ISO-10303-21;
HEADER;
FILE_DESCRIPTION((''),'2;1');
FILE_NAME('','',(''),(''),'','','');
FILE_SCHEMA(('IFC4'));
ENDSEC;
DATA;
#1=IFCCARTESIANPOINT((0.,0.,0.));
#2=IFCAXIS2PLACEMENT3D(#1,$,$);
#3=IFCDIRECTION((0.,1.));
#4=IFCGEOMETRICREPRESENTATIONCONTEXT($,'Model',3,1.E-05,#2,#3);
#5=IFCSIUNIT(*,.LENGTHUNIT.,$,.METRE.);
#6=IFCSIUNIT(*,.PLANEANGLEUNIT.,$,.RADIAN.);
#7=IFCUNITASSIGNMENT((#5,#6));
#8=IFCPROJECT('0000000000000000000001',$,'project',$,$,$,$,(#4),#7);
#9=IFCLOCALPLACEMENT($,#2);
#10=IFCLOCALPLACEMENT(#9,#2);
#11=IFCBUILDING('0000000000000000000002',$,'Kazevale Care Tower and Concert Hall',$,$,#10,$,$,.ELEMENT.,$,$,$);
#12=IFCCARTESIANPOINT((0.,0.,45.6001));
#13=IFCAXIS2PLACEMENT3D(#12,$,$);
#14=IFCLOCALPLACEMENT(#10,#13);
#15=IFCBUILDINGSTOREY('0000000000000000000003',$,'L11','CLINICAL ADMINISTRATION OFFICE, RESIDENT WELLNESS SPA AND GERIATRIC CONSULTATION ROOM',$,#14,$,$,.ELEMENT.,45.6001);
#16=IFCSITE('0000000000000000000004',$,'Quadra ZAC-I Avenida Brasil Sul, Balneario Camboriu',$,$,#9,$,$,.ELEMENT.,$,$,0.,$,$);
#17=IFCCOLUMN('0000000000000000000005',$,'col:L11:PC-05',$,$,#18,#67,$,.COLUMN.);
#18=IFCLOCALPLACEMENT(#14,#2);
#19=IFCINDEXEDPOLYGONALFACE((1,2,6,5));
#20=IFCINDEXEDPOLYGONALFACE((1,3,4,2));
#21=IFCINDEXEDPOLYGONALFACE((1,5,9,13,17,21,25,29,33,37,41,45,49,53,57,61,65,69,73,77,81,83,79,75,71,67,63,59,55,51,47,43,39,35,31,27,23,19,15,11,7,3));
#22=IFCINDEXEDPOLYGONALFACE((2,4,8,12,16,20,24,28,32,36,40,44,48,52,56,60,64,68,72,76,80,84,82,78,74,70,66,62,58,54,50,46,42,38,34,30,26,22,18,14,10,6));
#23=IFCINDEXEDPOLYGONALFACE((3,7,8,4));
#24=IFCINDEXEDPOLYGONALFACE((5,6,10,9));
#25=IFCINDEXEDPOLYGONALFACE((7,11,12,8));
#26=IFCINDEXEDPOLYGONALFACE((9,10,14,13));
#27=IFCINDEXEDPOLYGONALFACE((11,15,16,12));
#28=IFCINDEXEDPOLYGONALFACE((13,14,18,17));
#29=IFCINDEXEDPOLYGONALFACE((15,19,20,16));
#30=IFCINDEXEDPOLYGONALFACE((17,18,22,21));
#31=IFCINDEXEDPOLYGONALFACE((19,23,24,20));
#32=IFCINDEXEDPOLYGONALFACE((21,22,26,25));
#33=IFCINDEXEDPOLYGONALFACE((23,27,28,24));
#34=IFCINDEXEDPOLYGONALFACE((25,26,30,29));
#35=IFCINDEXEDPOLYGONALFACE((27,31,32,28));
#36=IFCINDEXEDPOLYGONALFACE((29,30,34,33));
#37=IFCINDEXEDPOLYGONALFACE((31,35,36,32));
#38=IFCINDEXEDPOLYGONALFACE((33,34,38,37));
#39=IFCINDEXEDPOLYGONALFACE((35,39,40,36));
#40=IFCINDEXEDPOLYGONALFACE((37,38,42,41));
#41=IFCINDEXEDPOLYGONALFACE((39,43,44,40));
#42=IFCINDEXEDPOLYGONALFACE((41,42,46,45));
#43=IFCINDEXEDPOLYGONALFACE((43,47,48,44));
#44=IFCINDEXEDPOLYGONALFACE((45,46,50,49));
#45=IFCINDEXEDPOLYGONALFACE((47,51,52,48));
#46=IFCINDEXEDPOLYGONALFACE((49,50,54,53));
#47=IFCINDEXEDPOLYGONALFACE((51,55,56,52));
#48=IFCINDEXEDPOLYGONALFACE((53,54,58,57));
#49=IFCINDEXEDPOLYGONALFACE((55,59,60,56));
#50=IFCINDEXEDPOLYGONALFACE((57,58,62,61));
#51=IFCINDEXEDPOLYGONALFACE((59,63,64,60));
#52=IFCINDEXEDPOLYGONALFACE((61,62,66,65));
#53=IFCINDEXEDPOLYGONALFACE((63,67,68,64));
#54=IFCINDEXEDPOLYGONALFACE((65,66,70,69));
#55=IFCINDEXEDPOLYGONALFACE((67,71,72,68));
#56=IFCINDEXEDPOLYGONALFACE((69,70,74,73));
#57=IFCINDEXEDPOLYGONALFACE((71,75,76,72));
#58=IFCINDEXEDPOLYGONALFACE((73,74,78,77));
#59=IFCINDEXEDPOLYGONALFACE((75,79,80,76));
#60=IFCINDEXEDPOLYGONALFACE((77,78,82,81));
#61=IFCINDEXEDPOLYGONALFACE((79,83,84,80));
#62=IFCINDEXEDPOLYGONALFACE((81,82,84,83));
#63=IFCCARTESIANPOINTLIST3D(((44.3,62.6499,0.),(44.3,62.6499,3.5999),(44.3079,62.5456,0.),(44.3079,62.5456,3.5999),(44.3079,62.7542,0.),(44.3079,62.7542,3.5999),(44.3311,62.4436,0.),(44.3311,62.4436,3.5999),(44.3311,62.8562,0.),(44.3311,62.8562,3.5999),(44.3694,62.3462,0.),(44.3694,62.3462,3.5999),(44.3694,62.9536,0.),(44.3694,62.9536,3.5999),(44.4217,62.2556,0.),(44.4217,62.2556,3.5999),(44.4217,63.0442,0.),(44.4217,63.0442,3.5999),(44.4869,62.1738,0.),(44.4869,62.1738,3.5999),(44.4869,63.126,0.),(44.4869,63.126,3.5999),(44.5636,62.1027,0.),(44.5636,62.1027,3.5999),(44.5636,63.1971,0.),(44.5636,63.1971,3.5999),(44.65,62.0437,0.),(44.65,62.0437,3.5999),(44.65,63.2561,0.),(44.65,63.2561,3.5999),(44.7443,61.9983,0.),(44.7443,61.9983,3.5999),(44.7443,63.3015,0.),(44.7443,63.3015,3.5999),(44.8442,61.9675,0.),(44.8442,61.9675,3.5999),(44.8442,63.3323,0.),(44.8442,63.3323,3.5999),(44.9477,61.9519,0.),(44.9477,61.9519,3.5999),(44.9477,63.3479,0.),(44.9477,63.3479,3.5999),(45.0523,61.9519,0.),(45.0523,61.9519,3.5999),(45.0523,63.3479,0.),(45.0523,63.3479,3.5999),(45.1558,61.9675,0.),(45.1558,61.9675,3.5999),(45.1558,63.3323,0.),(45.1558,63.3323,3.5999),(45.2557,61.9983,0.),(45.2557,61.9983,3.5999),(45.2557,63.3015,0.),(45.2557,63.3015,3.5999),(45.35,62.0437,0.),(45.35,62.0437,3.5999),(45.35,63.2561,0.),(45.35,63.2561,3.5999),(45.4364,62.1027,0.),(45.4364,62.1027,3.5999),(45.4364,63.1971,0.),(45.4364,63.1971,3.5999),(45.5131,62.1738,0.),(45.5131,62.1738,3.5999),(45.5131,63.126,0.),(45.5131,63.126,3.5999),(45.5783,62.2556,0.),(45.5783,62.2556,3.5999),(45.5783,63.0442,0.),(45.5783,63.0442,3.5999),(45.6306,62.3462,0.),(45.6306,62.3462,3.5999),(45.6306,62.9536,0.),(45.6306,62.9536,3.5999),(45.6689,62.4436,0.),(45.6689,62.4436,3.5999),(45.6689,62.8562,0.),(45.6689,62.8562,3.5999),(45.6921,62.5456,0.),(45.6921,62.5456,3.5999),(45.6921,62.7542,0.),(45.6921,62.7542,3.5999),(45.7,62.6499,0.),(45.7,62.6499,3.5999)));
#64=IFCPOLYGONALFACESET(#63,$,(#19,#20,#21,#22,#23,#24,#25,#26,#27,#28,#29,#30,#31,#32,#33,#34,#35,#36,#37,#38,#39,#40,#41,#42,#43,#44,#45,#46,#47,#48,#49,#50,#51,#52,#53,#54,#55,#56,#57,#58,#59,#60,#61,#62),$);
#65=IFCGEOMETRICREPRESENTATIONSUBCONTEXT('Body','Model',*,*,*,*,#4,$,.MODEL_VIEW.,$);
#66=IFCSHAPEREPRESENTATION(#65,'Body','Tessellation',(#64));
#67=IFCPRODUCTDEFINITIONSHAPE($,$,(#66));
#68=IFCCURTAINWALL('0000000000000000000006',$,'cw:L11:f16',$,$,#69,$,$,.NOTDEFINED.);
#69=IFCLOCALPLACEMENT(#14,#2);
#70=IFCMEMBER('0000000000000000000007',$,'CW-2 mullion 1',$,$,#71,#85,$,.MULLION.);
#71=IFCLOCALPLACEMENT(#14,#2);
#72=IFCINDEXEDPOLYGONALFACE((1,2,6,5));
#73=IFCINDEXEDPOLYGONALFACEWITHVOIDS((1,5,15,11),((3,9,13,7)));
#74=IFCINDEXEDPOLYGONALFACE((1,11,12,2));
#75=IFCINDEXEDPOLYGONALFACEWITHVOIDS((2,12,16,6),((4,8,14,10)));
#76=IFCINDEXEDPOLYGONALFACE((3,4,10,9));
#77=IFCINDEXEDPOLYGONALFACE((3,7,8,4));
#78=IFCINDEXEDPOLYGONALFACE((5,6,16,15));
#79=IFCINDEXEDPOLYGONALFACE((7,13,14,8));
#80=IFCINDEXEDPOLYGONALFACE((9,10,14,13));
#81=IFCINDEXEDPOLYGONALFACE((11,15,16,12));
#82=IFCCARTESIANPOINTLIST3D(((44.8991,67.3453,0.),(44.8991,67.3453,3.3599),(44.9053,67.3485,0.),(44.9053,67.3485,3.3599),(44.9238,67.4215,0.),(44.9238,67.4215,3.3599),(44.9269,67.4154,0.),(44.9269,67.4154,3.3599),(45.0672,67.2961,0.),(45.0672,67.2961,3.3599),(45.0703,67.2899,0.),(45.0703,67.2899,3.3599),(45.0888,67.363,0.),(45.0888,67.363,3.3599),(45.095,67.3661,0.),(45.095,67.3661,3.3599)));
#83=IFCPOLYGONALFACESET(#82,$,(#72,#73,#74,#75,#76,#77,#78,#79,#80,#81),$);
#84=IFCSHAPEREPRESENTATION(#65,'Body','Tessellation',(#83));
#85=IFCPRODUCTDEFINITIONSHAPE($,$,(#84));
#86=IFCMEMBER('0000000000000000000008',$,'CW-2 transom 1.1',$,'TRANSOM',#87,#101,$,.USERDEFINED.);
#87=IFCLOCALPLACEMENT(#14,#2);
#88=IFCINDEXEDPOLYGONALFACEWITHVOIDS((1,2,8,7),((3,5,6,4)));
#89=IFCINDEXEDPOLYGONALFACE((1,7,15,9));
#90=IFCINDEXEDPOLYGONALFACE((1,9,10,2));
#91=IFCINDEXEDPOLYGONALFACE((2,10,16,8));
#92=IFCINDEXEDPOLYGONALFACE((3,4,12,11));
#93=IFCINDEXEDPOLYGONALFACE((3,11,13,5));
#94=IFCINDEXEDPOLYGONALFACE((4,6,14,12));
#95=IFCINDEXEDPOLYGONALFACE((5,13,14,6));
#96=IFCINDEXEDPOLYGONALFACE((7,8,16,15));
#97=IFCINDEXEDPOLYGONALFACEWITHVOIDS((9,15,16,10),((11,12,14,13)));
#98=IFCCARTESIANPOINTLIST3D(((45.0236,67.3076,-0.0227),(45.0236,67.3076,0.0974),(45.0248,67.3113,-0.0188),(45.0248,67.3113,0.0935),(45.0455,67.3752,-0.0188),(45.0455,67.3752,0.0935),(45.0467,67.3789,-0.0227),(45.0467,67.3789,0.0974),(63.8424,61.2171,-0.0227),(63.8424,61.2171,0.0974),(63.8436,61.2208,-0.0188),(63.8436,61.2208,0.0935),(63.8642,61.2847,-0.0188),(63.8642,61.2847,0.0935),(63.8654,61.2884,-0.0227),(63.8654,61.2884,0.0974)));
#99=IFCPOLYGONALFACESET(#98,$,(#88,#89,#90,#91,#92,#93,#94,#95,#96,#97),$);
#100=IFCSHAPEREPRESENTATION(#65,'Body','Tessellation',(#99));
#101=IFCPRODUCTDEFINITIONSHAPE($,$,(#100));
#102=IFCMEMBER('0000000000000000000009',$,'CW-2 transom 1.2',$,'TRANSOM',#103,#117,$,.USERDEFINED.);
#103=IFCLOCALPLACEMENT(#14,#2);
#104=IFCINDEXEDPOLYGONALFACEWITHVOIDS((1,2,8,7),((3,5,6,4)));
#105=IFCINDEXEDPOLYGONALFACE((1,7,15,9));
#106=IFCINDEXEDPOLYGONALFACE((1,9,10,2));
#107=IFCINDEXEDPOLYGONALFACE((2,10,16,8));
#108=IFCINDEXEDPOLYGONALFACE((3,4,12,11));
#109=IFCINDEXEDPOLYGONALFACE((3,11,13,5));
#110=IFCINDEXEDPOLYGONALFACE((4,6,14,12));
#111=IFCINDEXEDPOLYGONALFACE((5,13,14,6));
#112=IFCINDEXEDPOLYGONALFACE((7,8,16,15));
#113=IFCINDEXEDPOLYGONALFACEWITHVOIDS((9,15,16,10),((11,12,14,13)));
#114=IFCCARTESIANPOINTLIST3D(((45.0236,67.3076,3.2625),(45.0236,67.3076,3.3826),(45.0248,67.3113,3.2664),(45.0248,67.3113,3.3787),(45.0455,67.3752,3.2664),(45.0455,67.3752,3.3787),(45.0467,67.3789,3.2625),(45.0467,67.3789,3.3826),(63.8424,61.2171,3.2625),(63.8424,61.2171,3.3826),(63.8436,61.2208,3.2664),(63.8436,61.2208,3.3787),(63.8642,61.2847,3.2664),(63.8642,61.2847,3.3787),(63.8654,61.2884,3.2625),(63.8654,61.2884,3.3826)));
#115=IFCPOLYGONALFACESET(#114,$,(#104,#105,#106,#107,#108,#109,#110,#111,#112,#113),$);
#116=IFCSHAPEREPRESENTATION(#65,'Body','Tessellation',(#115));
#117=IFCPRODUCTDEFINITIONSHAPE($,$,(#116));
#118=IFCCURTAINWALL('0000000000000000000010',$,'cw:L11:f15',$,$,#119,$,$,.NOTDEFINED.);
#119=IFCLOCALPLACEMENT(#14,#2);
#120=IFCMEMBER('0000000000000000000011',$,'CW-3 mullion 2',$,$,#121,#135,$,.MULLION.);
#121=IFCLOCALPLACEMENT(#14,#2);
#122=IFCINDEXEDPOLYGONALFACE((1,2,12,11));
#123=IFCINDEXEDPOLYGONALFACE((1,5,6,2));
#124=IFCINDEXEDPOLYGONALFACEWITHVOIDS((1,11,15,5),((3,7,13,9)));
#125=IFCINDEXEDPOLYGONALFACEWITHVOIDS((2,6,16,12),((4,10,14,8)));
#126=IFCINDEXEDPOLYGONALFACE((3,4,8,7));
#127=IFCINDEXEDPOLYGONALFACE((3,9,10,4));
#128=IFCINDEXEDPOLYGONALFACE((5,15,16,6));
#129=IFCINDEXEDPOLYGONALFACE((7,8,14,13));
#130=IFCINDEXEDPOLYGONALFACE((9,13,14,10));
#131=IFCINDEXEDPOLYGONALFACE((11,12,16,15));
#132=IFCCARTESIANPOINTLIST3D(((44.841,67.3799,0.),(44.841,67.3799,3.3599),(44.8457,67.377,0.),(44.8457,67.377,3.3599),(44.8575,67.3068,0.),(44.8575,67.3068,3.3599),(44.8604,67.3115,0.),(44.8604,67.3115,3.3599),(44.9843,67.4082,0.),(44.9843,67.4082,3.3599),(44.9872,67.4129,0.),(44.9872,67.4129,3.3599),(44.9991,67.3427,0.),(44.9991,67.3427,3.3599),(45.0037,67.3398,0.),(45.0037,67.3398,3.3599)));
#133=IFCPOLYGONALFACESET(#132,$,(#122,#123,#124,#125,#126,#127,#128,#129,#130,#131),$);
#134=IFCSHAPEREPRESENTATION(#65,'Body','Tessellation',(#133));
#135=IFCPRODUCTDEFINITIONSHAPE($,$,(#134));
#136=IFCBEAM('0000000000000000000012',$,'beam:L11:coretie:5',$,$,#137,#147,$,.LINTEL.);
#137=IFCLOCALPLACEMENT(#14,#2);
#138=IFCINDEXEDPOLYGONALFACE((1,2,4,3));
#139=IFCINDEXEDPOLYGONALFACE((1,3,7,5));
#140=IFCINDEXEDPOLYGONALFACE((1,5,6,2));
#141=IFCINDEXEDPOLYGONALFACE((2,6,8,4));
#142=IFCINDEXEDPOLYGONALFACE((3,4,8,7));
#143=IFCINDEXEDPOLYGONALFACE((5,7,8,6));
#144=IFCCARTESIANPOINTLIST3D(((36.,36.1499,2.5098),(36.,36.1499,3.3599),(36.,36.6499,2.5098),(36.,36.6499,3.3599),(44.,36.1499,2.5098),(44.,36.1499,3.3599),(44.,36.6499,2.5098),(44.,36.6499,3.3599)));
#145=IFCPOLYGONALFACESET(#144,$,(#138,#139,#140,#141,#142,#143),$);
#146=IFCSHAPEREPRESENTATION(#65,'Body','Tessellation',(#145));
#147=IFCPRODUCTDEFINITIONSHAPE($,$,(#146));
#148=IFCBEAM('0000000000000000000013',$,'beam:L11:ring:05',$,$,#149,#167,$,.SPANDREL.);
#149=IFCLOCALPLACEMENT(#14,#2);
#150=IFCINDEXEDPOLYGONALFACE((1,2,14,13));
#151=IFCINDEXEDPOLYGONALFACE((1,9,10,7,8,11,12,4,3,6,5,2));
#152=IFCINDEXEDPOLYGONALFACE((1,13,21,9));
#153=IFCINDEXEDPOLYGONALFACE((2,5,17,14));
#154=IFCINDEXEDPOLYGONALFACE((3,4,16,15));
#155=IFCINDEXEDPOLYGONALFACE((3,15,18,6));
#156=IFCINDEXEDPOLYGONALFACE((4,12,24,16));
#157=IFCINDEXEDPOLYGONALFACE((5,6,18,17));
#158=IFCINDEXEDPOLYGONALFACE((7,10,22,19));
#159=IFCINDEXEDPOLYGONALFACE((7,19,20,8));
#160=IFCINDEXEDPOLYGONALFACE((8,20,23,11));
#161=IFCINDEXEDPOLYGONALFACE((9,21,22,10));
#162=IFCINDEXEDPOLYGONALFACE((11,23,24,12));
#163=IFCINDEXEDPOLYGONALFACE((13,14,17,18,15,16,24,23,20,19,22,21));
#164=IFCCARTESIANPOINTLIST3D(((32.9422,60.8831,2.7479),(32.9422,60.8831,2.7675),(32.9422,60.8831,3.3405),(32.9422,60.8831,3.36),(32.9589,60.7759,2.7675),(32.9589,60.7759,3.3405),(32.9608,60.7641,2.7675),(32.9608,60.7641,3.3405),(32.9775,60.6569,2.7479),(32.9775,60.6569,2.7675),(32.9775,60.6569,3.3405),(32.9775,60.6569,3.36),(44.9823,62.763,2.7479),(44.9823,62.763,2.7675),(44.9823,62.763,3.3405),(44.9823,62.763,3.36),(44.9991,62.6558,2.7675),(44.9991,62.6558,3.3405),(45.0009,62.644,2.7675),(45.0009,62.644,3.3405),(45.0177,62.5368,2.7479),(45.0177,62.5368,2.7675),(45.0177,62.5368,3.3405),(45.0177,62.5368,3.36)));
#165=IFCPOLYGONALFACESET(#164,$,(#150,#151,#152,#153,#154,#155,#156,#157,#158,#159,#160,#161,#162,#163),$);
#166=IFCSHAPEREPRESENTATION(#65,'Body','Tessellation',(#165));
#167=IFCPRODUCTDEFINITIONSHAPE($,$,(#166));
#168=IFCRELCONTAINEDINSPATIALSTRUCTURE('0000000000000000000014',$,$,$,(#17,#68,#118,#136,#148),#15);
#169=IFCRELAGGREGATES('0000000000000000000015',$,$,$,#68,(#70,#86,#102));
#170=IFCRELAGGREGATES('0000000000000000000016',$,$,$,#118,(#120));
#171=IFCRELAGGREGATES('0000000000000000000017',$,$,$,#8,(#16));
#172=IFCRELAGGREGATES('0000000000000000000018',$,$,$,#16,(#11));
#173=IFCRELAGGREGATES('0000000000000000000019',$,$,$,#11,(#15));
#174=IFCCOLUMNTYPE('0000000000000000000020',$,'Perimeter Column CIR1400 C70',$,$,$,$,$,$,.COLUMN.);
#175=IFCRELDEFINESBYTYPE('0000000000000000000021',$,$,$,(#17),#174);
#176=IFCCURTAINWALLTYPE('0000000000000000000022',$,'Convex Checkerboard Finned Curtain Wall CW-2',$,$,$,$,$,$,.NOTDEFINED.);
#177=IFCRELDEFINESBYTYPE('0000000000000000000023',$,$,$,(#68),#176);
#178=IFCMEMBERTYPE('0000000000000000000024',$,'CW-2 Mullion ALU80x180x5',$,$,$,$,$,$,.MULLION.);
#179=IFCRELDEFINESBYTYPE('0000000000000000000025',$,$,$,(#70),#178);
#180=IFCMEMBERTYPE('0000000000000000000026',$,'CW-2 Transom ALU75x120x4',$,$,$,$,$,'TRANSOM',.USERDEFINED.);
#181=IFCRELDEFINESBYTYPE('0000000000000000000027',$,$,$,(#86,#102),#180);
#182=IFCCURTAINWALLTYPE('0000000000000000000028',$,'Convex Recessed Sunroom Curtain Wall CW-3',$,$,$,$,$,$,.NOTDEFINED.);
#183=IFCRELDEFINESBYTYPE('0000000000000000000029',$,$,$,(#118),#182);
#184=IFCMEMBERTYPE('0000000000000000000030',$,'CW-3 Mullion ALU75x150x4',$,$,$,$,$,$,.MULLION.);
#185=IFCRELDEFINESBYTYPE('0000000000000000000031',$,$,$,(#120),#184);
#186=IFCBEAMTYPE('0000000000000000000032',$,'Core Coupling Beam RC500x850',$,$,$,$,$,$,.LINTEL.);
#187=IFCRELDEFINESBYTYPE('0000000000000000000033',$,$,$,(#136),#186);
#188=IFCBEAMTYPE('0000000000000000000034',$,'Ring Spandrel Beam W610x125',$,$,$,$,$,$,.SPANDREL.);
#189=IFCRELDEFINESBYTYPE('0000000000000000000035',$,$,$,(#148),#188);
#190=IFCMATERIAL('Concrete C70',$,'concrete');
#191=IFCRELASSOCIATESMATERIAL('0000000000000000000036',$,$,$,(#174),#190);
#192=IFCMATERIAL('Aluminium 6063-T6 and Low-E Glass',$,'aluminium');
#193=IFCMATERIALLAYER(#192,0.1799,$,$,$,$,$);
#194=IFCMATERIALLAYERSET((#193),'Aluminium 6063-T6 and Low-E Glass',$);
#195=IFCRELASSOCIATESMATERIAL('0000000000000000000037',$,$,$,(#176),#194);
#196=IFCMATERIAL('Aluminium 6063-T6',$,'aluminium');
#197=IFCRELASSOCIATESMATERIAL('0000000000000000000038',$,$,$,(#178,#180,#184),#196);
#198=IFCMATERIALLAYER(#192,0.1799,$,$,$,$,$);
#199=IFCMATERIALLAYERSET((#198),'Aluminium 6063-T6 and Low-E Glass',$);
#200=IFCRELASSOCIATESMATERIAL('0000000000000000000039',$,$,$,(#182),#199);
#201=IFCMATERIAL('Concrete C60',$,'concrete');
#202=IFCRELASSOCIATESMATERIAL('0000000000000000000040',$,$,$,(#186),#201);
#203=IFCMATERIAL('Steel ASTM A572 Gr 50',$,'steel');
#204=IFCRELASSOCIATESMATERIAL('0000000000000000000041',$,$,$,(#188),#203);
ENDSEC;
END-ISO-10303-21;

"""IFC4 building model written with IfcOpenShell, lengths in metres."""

from ifc_helpers import new_model, si_unit, direction, frame, origin, origin_2d, place, context, subcontext, project, spatial, rectangle, hollow_rectangle, circle, i_section, extrude, material, layer, layer_set, material_profile, profile_set, type_object, element, aggregate, save


model = new_model("IFC4")

# Units and contexts
model_context = context("Model", 3, precision=1e-05, world=origin(), true_north=direction((0.0, 1.0)))
body_context = subcontext(model_context, "Body", "Model", "MODEL_VIEW")
ifc_project = project(units=[si_unit("LENGTHUNIT", "METRE"), si_unit("PLANEANGLEUNIT", "RADIAN")], contexts=[model_context])

# Site, building, storey
site_placement = place(None, origin())
site = spatial("IfcSite", under=ifc_project, at=site_placement, Name="Quadra ZAC-I Avenida Brasil Sul, Balneario Camboriu", CompositionType="ELEMENT", RefElevation=0.0)
building_placement = place(site_placement, origin())
building = spatial("IfcBuilding", under=site, at=building_placement, Name="Kazevale Care Tower and Concert Hall", CompositionType="ELEMENT")
storey_placement = place(building_placement, frame((0.0, 0.0, 45.6001)))
storey = spatial("IfcBuildingStorey", under=building, at=storey_placement, Name="L11", Description="CLINICAL ADMINISTRATION OFFICE, RESIDENT WELLNESS SPA AND GERIATRIC CONSULTATION ROOM", CompositionType="ELEMENT", Elevation=45.6001)

# Column
ifc_material_1 = material(Name="Concrete C70", Category="concrete")
ifc_material_profile_1 = material_profile(ifc_material_1, circle(Radius=0.7, at=origin_2d()), Name="RC-CIR1400")
ifc_profile_set_1 = profile_set([ifc_material_profile_1], Name="Concrete C70")
column_type = type_object("IfcColumnType", Name="Perimeter Column CIR1400 C70", PredefinedType="COLUMN", material=ifc_profile_set_1)
column_placement = place(storey_placement, frame((45.0, 62.6499, 0.0), z_axis=(0.0, 0.0, 1.0), x_axis=(1.0, 0.0, 0.0)))
element("IfcColumn", 1, at=column_placement, inside=storey, type_object=column_type, Name="col:L11:PC-05", PredefinedType="COLUMN", context=body_context, shape_type="SweptSolid", body=[
    extrude(circle(Radius=0.7, at=origin_2d()), origin(), (0.0, 0.0, 1.0), 3.5999),
])

# Curtain wall, members
ifc_material_2 = material(Name="Aluminium 6063-T6 and Low-E Glass", Category="aluminium")
ifc_layer_1 = layer(ifc_material_2, 0.1799)
ifc_layer_set_1 = layer_set([ifc_layer_1], Name="Aluminium 6063-T6 and Low-E Glass")
curtain_wall_type_1 = type_object("IfcCurtainWallType", Name="Convex Checkerboard Finned Curtain Wall CW-2", PredefinedType="NOTDEFINED", material=ifc_layer_set_1)
curtain_wall_1_placement = place(storey_placement, origin())
curtain_wall_1 = element("IfcCurtainWall", 2, at=curtain_wall_1_placement, inside=storey, type_object=curtain_wall_type_1, Name="cw:L11:f16", PredefinedType="NOTDEFINED")
ifc_material_3 = material(Name="Aluminium 6063-T6", Category="aluminium")
ifc_material_profile_2 = material_profile(ifc_material_3, hollow_rectangle(XDim=0.0801, YDim=0.1799, WallThickness=0.0049, at=origin_2d()), Name="ALU80x180x5")
ifc_profile_set_2 = profile_set([ifc_material_profile_2], Name="Aluminium 6063-T6")
member_type_1 = type_object("IfcMemberType", Name="CW-2 Mullion ALU80x180x5", PredefinedType="MULLION", material=ifc_profile_set_2)
member_1_placement = place(storey_placement, frame((44.9971, 67.3557, 0.0), z_axis=(0.0, 0.0, 1.0), x_axis=(0.307926, 0.95141, 0.0)))
member_1 = element("IfcMember", 3, at=member_1_placement, type_object=member_type_1, Name="CW-2 mullion 1", PredefinedType="MULLION", context=body_context, shape_type="SweptSolid", body=[
    extrude(hollow_rectangle(XDim=0.0801, YDim=0.1799, WallThickness=0.0049, at=origin_2d()), origin(), (0.0, 0.0, 1.0), 3.3599),
])
ifc_material_profile_3 = material_profile(ifc_material_3, hollow_rectangle(XDim=0.075, YDim=0.1201, WallThickness=0.0039, at=origin_2d()), Name="ALU75x120x4")
ifc_profile_set_3 = profile_set([ifc_material_profile_3], Name="Aluminium 6063-T6")
member_type_2 = type_object("IfcMemberType", Name="CW-2 Transom ALU75x120x4", ElementType="TRANSOM", PredefinedType="USERDEFINED", material=ifc_profile_set_3)
member_2_placement = place(storey_placement, frame((45.0352, 67.3433, 0.0374), z_axis=(0.951413, -0.307918, 0.0), x_axis=(0.307918, 0.951413, 0.0)))
member_2 = element("IfcMember", 4, at=member_2_placement, type_object=member_type_2, Name="CW-2 transom 1.1", ObjectType="TRANSOM", PredefinedType="USERDEFINED", context=body_context, shape_type="SweptSolid", body=[
    extrude(hollow_rectangle(XDim=0.075, YDim=0.1201, WallThickness=0.0039, at=origin_2d()), origin(), (0.0, 0.0, 1.0), 19.7798),
])
member_3_placement = place(storey_placement, frame((45.0352, 67.3433, 3.3225), z_axis=(0.951413, -0.307918, 0.0), x_axis=(0.307918, 0.951413, 0.0)))
member_3 = element("IfcMember", 5, at=member_3_placement, type_object=member_type_2, Name="CW-2 transom 1.2", ObjectType="TRANSOM", PredefinedType="USERDEFINED", context=body_context, shape_type="SweptSolid", body=[
    extrude(hollow_rectangle(XDim=0.075, YDim=0.1201, WallThickness=0.0039, at=origin_2d()), origin(), (0.0, 0.0, 1.0), 19.7798),
])
aggregate(curtain_wall_1, [member_1, member_2, member_3])

# Curtain wall, member
ifc_layer_2 = layer(ifc_material_2, 0.1799)
ifc_layer_set_2 = layer_set([ifc_layer_2], Name="Aluminium 6063-T6 and Low-E Glass")
curtain_wall_type_2 = type_object("IfcCurtainWallType", Name="Convex Recessed Sunroom Curtain Wall CW-3", PredefinedType="NOTDEFINED", material=ifc_layer_set_2)
curtain_wall_2_placement = place(storey_placement, origin())
curtain_wall_2 = element("IfcCurtainWall", 6, at=curtain_wall_2_placement, inside=storey, type_object=curtain_wall_type_2, Name="cw:L11:f15", PredefinedType="NOTDEFINED")
ifc_material_profile_4 = material_profile(ifc_material_3, hollow_rectangle(XDim=0.075, YDim=0.1499, WallThickness=0.0039, at=origin_2d()), Name="ALU75x150x4")
ifc_profile_set_4 = profile_set([ifc_material_profile_4], Name="Aluminium 6063-T6")
member_type_3 = type_object("IfcMemberType", Name="CW-3 Mullion ALU75x150x4", PredefinedType="MULLION", material=ifc_profile_set_4)
member_4_placement = place(storey_placement, frame((44.9224, 67.3599, 0.0), z_axis=(0.0, 0.0, 1.0), x_axis=(-0.219911, 0.97552, 0.0)))
member_4 = element("IfcMember", 7, at=member_4_placement, type_object=member_type_3, Name="CW-3 mullion 2", PredefinedType="MULLION", context=body_context, shape_type="SweptSolid", body=[
    extrude(hollow_rectangle(XDim=0.075, YDim=0.1499, WallThickness=0.0039, at=origin_2d()), origin(), (0.0, 0.0, 1.0), 3.3599),
])
aggregate(curtain_wall_2, [member_4])

# Beams
ifc_material_4 = material(Name="Concrete C60", Category="concrete")
ifc_material_profile_5 = material_profile(ifc_material_4, rectangle(XDim=0.5, YDim=0.8501, at=origin_2d()), Name="RC-B500x850")
ifc_profile_set_5 = profile_set([ifc_material_profile_5], Name="Concrete C60")
beam_type_1 = type_object("IfcBeamType", Name="Core Coupling Beam RC500x850", PredefinedType="LINTEL", material=ifc_profile_set_5)
beam_1_placement = place(storey_placement, frame((44.0, 36.3999, 2.9348), z_axis=(-1.0, 0.0, 0.0), x_axis=(0.0, -1.0, 0.0)))
element("IfcBeam", 8, at=beam_1_placement, inside=storey, type_object=beam_type_1, Name="beam:L11:coretie:5", PredefinedType="LINTEL", context=body_context, shape_type="SweptSolid", body=[
    extrude(rectangle(XDim=0.5, YDim=0.8501, at=origin_2d()), origin(), (0.0, 0.0, 1.0), 8.0),
])
ifc_material_5 = material(Name="Steel ASTM A572 Gr 50", Category="steel")
ifc_material_profile_6 = material_profile(ifc_material_5, i_section(OverallWidth=0.229, OverallDepth=0.6121, WebThickness=0.012, FlangeThickness=0.0195, at=origin_2d()), Name="W610x125")
ifc_profile_set_6 = profile_set([ifc_material_profile_6], Name="Steel ASTM A572 Gr 50")
beam_type_2 = type_object("IfcBeamType", Name="Ring Spandrel Beam W610x125", PredefinedType="SPANDREL", material=ifc_profile_set_6)
beam_2_placement = place(storey_placement, frame((45.0, 62.6499, 3.054), z_axis=(-0.988029, -0.154267, 0.0), x_axis=(0.154267, -0.988029, 0.0)))
element("IfcBeam", 9, at=beam_2_placement, inside=storey, type_object=beam_type_2, Name="beam:L11:ring:05", PredefinedType="SPANDREL", context=body_context, shape_type="SweptSolid", body=[
    extrude(i_section(OverallWidth=0.229, OverallDepth=0.6121, WebThickness=0.012, FlangeThickness=0.0195, at=origin_2d()), origin(), (0.0, 0.0, 1.0), 12.186),
])

save(model, "model.ifc")
